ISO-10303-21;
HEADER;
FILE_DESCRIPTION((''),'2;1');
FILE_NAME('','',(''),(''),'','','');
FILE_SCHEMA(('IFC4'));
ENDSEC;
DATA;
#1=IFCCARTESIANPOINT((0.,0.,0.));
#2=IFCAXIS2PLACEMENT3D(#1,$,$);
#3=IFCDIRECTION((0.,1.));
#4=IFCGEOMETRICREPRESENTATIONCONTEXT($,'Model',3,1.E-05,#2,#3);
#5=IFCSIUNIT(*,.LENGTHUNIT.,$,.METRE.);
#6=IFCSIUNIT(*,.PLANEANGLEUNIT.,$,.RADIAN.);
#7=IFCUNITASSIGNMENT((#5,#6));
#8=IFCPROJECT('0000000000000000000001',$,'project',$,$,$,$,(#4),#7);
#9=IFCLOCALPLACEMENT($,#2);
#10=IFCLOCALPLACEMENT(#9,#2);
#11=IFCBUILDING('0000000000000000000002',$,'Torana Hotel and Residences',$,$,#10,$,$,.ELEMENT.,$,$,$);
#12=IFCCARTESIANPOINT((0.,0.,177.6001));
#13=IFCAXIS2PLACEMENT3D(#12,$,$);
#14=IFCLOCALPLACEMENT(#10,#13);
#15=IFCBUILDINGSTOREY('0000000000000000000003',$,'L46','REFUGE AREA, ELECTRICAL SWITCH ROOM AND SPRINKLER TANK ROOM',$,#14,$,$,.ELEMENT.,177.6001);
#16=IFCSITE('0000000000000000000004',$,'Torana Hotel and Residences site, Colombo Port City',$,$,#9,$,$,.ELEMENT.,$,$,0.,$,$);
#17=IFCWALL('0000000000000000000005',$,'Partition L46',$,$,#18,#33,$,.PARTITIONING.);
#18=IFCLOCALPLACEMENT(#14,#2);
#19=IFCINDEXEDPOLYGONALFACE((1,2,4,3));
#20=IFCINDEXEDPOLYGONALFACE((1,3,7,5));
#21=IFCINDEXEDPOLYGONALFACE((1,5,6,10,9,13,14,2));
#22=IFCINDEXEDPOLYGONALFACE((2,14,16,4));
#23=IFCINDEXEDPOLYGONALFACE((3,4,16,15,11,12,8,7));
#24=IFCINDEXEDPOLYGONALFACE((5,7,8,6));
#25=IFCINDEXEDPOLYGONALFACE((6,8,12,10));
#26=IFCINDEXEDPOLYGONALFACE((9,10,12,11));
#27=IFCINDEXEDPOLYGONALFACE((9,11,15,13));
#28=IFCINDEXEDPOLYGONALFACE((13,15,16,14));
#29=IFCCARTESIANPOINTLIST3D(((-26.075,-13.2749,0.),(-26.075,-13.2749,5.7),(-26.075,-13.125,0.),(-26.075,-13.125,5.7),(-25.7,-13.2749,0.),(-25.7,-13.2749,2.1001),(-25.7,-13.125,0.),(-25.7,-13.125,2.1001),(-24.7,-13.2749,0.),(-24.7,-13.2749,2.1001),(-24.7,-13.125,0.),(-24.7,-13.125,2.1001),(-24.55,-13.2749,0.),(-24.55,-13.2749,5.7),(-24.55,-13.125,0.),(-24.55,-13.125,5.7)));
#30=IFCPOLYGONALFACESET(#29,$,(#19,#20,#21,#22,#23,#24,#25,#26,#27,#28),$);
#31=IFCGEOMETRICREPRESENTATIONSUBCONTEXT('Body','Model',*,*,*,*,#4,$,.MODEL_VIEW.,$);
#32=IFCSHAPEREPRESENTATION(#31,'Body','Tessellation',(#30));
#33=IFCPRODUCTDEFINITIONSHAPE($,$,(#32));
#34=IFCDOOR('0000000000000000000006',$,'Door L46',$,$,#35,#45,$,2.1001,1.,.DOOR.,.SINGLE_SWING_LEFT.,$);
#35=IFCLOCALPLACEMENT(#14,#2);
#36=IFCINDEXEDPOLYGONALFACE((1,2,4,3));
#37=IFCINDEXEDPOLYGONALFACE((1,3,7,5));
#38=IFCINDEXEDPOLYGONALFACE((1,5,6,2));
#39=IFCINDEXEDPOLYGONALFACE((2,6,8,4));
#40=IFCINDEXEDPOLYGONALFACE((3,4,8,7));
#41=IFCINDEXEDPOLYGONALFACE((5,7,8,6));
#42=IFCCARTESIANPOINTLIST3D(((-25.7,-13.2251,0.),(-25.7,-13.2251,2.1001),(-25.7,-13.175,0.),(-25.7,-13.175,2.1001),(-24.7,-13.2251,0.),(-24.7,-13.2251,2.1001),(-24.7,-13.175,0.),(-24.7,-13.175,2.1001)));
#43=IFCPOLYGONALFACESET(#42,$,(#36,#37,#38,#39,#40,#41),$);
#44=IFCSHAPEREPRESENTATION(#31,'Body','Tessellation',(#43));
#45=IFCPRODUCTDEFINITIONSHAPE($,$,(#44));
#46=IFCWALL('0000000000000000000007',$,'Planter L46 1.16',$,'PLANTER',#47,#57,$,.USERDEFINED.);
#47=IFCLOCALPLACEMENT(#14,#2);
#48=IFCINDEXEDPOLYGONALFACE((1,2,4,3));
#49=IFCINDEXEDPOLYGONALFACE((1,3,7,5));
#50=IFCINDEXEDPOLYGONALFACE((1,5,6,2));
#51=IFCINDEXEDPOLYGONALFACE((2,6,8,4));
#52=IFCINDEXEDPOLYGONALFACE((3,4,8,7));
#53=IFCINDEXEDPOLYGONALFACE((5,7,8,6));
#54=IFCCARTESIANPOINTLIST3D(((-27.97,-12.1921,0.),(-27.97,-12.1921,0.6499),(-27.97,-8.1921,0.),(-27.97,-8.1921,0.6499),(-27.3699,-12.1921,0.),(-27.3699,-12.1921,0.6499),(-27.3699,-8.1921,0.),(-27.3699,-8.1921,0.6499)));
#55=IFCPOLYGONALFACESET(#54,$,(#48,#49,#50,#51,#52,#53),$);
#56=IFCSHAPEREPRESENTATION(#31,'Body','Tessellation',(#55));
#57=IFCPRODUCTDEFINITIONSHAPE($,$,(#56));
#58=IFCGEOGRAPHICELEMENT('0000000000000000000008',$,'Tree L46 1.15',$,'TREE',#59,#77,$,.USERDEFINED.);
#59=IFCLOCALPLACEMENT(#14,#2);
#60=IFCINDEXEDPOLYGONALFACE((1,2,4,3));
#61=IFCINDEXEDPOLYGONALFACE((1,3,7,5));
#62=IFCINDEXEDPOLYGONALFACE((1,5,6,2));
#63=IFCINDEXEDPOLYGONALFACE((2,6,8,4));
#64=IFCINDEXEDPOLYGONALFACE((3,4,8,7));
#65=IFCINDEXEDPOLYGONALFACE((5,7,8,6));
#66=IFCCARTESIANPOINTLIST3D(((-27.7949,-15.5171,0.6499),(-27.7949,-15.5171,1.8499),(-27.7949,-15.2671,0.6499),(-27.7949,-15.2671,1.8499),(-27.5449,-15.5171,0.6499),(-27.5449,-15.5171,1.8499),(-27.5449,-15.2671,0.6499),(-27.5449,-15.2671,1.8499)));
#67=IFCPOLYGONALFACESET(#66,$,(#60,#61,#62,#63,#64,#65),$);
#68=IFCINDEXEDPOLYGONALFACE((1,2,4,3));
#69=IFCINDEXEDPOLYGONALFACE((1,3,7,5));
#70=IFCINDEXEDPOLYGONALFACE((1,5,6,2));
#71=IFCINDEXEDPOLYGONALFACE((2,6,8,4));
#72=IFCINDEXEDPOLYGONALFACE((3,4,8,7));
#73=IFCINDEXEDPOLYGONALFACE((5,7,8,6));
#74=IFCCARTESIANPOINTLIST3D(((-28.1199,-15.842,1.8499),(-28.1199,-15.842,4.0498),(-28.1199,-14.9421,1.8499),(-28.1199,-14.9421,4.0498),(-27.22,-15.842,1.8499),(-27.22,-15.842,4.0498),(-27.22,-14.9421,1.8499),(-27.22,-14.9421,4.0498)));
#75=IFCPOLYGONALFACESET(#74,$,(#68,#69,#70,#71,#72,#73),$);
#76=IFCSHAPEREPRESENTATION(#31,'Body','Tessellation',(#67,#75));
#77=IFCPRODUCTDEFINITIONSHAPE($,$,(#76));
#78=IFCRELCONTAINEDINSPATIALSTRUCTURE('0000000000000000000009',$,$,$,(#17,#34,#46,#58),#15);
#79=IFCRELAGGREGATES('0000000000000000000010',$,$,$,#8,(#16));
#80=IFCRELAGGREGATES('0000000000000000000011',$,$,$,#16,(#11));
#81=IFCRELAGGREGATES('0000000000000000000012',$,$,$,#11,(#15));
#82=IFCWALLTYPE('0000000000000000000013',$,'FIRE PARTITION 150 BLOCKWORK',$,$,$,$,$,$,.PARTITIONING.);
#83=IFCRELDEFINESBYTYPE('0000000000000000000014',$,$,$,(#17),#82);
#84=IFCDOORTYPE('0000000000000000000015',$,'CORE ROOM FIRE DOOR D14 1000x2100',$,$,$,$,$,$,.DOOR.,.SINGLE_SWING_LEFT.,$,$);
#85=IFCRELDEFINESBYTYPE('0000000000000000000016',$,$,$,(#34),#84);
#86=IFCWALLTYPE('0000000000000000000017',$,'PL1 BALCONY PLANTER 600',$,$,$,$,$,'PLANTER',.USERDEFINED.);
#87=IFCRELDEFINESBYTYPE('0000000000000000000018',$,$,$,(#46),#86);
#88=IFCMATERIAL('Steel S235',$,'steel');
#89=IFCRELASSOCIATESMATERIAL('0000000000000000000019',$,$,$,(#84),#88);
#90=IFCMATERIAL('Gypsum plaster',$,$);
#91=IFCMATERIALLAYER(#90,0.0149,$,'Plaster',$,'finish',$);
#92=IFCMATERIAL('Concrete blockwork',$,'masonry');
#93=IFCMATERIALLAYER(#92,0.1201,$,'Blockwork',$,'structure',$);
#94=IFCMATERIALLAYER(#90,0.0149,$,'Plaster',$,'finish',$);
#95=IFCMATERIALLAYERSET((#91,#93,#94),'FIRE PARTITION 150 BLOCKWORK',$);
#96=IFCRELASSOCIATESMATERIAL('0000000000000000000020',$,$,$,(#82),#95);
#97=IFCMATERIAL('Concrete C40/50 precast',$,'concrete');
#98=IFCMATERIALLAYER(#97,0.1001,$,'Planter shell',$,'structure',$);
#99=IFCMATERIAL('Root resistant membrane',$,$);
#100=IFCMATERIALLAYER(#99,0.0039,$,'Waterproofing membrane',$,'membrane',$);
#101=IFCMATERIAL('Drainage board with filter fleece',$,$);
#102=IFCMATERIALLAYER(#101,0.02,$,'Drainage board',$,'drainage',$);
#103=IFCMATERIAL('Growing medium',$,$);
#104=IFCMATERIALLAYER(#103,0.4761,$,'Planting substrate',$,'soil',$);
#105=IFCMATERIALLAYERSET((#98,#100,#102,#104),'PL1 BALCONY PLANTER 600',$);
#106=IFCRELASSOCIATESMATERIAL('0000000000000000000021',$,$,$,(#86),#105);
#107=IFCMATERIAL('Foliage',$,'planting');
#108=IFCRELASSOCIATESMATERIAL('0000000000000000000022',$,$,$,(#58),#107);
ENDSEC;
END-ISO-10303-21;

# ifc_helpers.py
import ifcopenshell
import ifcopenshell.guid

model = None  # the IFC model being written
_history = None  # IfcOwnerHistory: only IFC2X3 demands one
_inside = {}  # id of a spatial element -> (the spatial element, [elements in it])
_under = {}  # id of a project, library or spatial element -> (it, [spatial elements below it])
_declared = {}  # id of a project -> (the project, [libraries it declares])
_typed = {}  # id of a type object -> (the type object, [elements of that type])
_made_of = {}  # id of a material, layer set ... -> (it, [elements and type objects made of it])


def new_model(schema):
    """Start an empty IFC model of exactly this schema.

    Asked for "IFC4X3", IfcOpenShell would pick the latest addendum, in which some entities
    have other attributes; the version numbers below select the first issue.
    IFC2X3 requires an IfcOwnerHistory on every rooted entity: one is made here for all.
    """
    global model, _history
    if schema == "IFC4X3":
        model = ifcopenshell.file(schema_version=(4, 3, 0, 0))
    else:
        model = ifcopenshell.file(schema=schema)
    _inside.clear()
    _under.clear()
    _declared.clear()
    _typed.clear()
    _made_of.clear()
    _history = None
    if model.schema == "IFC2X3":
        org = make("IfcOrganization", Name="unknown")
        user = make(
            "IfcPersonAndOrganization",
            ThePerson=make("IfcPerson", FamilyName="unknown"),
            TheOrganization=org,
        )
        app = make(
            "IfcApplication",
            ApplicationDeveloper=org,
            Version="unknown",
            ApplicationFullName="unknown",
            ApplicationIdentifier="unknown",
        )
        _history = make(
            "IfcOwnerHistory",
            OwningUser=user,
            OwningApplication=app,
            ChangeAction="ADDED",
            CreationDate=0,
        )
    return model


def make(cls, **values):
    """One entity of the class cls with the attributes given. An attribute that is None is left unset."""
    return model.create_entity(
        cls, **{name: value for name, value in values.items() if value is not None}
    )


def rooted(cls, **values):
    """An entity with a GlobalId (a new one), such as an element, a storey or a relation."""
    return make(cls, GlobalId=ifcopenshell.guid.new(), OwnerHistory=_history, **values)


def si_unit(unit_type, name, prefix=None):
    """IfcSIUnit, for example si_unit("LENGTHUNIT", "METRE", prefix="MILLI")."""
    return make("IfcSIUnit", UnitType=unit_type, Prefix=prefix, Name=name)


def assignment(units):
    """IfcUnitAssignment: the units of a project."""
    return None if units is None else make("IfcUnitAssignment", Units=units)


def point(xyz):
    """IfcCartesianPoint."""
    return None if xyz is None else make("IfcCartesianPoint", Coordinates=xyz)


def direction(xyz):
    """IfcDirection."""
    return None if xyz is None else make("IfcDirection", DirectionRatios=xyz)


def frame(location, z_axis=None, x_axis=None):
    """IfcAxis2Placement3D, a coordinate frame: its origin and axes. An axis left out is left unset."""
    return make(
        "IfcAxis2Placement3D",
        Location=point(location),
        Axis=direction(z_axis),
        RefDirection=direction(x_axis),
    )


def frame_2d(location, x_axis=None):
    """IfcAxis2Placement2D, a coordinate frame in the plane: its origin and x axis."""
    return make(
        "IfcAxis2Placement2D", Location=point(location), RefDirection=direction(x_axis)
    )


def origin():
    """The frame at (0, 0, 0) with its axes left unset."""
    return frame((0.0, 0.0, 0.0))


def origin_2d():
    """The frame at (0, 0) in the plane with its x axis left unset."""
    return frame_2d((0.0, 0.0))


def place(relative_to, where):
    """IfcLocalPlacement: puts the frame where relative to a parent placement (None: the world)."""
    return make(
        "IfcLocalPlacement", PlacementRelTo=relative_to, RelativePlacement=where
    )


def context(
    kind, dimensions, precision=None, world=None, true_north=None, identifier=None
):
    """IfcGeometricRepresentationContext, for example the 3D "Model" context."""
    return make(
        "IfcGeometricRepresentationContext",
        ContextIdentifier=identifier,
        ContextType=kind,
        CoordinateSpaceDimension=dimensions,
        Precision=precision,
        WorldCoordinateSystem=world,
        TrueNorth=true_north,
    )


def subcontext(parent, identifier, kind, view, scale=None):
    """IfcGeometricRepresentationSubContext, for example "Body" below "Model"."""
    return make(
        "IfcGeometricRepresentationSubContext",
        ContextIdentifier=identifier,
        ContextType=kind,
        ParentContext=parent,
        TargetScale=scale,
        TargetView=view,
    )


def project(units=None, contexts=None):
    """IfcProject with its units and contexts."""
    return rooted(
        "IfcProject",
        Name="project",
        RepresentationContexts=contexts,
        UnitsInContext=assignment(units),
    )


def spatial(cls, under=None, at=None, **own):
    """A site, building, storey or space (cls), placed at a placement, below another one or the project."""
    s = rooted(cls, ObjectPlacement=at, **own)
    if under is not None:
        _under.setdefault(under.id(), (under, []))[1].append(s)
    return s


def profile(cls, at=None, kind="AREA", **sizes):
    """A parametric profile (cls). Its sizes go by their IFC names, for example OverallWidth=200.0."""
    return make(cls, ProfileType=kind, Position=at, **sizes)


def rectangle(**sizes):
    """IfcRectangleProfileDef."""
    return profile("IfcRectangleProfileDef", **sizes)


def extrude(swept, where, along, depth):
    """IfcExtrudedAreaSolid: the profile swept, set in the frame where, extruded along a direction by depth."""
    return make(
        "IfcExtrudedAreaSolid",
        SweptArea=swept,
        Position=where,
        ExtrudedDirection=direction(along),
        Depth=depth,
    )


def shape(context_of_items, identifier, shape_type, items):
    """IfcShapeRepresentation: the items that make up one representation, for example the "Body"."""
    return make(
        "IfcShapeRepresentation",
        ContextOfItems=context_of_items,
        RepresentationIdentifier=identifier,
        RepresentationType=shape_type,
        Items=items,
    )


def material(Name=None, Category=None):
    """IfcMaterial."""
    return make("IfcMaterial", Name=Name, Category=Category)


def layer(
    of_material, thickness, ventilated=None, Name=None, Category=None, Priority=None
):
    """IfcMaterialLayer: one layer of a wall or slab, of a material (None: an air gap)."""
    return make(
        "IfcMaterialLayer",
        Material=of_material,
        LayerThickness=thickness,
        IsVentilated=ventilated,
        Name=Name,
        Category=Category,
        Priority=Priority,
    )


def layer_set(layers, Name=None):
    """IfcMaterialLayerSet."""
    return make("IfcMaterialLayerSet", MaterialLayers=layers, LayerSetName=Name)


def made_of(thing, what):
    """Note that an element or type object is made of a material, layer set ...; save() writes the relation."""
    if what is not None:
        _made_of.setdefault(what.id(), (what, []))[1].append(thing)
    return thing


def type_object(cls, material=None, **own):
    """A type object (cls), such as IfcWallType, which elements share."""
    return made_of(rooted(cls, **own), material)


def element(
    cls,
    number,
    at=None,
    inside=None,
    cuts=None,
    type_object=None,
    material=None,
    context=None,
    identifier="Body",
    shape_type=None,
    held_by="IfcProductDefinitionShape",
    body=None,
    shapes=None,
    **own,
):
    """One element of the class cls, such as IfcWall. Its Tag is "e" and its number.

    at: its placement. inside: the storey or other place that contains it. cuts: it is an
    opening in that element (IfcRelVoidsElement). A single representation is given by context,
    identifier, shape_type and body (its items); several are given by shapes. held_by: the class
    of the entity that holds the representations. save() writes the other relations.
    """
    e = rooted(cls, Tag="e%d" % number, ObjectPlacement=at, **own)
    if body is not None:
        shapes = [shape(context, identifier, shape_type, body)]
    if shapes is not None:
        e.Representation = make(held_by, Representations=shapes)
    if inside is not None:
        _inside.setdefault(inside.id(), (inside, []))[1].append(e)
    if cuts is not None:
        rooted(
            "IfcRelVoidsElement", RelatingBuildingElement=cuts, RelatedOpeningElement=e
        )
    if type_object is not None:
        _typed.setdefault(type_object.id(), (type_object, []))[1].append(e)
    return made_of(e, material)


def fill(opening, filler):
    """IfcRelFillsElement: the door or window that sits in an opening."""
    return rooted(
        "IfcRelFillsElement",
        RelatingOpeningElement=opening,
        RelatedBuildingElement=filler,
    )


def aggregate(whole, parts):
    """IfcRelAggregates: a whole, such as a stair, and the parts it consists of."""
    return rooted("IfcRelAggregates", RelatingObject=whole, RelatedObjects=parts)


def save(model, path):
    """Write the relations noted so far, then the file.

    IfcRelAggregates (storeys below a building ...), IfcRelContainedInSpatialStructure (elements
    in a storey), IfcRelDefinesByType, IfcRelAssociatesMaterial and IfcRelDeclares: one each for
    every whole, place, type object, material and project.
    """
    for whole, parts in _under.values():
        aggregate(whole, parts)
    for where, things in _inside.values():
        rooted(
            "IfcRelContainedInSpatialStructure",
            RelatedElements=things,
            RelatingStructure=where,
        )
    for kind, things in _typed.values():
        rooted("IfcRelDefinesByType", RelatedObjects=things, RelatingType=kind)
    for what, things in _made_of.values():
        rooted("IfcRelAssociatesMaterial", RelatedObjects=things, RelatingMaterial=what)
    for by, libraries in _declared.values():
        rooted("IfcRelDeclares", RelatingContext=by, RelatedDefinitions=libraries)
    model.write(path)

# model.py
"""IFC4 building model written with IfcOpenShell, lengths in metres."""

from ifc_helpers import new_model, si_unit, direction, frame, frame_2d, origin, origin_2d, place, context, subcontext, project, spatial, rectangle, extrude, material, layer, layer_set, type_object, element, fill, save


model = new_model("IFC4")

# Units and contexts
model_context = context("Model", 3, precision=1e-05, world=origin(), true_north=direction((0.0, 1.0)))
body_context = subcontext(model_context, "Body", "Model", "MODEL_VIEW")
ifc_project = project(units=[si_unit("LENGTHUNIT", "METRE"), si_unit("PLANEANGLEUNIT", "RADIAN")], contexts=[model_context])

# Site, building, storey
site_placement = place(None, origin())
site = spatial("IfcSite", under=ifc_project, at=site_placement, Name="Torana Hotel and Residences site, Colombo Port City", CompositionType="ELEMENT", RefElevation=0.0)
building_placement = place(site_placement, origin())
building = spatial("IfcBuilding", under=site, at=building_placement, Name="Torana Hotel and Residences", CompositionType="ELEMENT")
storey_placement = place(building_placement, frame((0.0, 0.0, 177.6001)))
storey = spatial("IfcBuildingStorey", under=building, at=storey_placement, Name="L46", Description="REFUGE AREA, ELECTRICAL SWITCH ROOM AND SPRINKLER TANK ROOM", CompositionType="ELEMENT", Elevation=177.6001)

# Shared definitions
ifc_material_1 = material(Name="Steel S235", Category="steel")
door_type_1 = type_object("IfcDoorType", Name="CORE ROOM FIRE DOOR D14 1000x2100", OperationType="SINGLE_SWING_LEFT", PredefinedType="DOOR", material=ifc_material_1)

# Wall, opening, door
ifc_material_2 = material(Name="Gypsum plaster")
ifc_layer_1 = layer(ifc_material_2, 0.0149, Name="Plaster", Category="finish")
ifc_material_3 = material(Name="Concrete blockwork", Category="masonry")
ifc_layer_2 = layer(ifc_material_3, 0.1201, Name="Blockwork", Category="structure")
ifc_layer_3 = layer(ifc_material_2, 0.0149, Name="Plaster", Category="finish")
ifc_layer_set_1 = layer_set([ifc_layer_1, ifc_layer_2, ifc_layer_3], Name="FIRE PARTITION 150 BLOCKWORK")
wall_type_1 = type_object("IfcWallType", Name="FIRE PARTITION 150 BLOCKWORK", PredefinedType="PARTITIONING", material=ifc_layer_set_1)
wall_1_placement = place(storey_placement, frame((-26.075, -13.2, 0.0), z_axis=(0.0, 0.0, 1.0), x_axis=(1.0, 0.0, 0.0)))
wall_1 = element("IfcWall", 1, at=wall_1_placement, inside=storey, type_object=wall_type_1, Name="Partition L46", PredefinedType="PARTITIONING", context=body_context, shape_type="SweptSolid", body=[
    extrude(rectangle(XDim=1.5249, YDim=0.1499, at=frame_2d((0.7625, 0.0))), origin(), (0.0, 0.0, 1.0), 5.7),
])
opening_1_placement = place(wall_1_placement, frame((0.375, 0.0, 0.0)))
opening_1 = element("IfcOpeningElement", 2, at=opening_1_placement, cuts=wall_1, PredefinedType="OPENING", context=body_context, shape_type="SweptSolid", body=[
    extrude(rectangle(XDim=1.0, YDim=2.1001, at=frame_2d((0.5, 1.05))), frame((0.0, 0.085, 0.0), z_axis=(0.0, -1.0, 0.0), x_axis=(1.0, 0.0, 0.0)), (0.0, 0.0, 1.0), 0.1699),
])
door_1_placement = place(opening_1_placement, origin())
door_1 = element("IfcDoor", 3, at=door_1_placement, inside=storey, type_object=door_type_1, Name="Door L46", OperationType="SINGLE_SWING_LEFT", OverallHeight=2.1001, OverallWidth=1.0, PredefinedType="DOOR", context=body_context, shape_type="SweptSolid", body=[
    extrude(rectangle(XDim=1.0, YDim=2.1001, at=frame_2d((0.5, 1.05))), frame((0.0, 0.0249, 0.0), z_axis=(0.0, -1.0, 0.0), x_axis=(1.0, 0.0, 0.0)), (0.0, 0.0, 1.0), 0.05),
])
fill(opening_1, door_1)

# Wall
ifc_material_4 = material(Name="Concrete C40/50 precast", Category="concrete")
ifc_layer_4 = layer(ifc_material_4, 0.1001, Name="Planter shell", Category="structure")
ifc_material_5 = material(Name="Root resistant membrane")
ifc_layer_5 = layer(ifc_material_5, 0.0039, Name="Waterproofing membrane", Category="membrane")
ifc_material_6 = material(Name="Drainage board with filter fleece")
ifc_layer_6 = layer(ifc_material_6, 0.02, Name="Drainage board", Category="drainage")
ifc_material_7 = material(Name="Growing medium")
ifc_layer_7 = layer(ifc_material_7, 0.4761, Name="Planting substrate", Category="soil")
ifc_layer_set_2 = layer_set([ifc_layer_4, ifc_layer_5, ifc_layer_6, ifc_layer_7], Name="PL1 BALCONY PLANTER 600")
wall_type_2 = type_object("IfcWallType", Name="PL1 BALCONY PLANTER 600", ElementType="PLANTER", PredefinedType="USERDEFINED", material=ifc_layer_set_2)
wall_2_placement = place(storey_placement, frame((-27.6699, -12.1921, 0.0), z_axis=(0.0, 0.0, 1.0), x_axis=(0.0, 1.0, 0.0)))
element("IfcWall", 4, at=wall_2_placement, inside=storey, type_object=wall_type_2, Name="Planter L46 1.16", ObjectType="PLANTER", PredefinedType="USERDEFINED", context=body_context, shape_type="SweptSolid", body=[
    extrude(rectangle(XDim=4.0, YDim=0.6001, at=frame_2d((2.0, 0.0))), origin(), (0.0, 0.0, 1.0), 0.6499),
])

# Geographic element
ifc_material_8 = material(Name="Foliage", Category="planting")
geographic_element_placement = place(storey_placement, frame((-27.6699, -15.3921, 0.6499), z_axis=(0.0, 0.0, 1.0), x_axis=(1.0, 0.0, 0.0)))
element("IfcGeographicElement", 5, at=geographic_element_placement, inside=storey, material=ifc_material_8, Name="Tree L46 1.15", ObjectType="TREE", PredefinedType="USERDEFINED", context=body_context, shape_type="SweptSolid", body=[
    extrude(rectangle(XDim=0.25, YDim=0.25, at=origin_2d()), origin(), (0.0, 0.0, 1.0), 1.2),
    extrude(rectangle(XDim=0.8999, YDim=0.8999, at=origin_2d()), frame((0.0, 0.0, 1.2)), (0.0, 0.0, 1.0), 2.2),
])

save(model, "model.ifc")
